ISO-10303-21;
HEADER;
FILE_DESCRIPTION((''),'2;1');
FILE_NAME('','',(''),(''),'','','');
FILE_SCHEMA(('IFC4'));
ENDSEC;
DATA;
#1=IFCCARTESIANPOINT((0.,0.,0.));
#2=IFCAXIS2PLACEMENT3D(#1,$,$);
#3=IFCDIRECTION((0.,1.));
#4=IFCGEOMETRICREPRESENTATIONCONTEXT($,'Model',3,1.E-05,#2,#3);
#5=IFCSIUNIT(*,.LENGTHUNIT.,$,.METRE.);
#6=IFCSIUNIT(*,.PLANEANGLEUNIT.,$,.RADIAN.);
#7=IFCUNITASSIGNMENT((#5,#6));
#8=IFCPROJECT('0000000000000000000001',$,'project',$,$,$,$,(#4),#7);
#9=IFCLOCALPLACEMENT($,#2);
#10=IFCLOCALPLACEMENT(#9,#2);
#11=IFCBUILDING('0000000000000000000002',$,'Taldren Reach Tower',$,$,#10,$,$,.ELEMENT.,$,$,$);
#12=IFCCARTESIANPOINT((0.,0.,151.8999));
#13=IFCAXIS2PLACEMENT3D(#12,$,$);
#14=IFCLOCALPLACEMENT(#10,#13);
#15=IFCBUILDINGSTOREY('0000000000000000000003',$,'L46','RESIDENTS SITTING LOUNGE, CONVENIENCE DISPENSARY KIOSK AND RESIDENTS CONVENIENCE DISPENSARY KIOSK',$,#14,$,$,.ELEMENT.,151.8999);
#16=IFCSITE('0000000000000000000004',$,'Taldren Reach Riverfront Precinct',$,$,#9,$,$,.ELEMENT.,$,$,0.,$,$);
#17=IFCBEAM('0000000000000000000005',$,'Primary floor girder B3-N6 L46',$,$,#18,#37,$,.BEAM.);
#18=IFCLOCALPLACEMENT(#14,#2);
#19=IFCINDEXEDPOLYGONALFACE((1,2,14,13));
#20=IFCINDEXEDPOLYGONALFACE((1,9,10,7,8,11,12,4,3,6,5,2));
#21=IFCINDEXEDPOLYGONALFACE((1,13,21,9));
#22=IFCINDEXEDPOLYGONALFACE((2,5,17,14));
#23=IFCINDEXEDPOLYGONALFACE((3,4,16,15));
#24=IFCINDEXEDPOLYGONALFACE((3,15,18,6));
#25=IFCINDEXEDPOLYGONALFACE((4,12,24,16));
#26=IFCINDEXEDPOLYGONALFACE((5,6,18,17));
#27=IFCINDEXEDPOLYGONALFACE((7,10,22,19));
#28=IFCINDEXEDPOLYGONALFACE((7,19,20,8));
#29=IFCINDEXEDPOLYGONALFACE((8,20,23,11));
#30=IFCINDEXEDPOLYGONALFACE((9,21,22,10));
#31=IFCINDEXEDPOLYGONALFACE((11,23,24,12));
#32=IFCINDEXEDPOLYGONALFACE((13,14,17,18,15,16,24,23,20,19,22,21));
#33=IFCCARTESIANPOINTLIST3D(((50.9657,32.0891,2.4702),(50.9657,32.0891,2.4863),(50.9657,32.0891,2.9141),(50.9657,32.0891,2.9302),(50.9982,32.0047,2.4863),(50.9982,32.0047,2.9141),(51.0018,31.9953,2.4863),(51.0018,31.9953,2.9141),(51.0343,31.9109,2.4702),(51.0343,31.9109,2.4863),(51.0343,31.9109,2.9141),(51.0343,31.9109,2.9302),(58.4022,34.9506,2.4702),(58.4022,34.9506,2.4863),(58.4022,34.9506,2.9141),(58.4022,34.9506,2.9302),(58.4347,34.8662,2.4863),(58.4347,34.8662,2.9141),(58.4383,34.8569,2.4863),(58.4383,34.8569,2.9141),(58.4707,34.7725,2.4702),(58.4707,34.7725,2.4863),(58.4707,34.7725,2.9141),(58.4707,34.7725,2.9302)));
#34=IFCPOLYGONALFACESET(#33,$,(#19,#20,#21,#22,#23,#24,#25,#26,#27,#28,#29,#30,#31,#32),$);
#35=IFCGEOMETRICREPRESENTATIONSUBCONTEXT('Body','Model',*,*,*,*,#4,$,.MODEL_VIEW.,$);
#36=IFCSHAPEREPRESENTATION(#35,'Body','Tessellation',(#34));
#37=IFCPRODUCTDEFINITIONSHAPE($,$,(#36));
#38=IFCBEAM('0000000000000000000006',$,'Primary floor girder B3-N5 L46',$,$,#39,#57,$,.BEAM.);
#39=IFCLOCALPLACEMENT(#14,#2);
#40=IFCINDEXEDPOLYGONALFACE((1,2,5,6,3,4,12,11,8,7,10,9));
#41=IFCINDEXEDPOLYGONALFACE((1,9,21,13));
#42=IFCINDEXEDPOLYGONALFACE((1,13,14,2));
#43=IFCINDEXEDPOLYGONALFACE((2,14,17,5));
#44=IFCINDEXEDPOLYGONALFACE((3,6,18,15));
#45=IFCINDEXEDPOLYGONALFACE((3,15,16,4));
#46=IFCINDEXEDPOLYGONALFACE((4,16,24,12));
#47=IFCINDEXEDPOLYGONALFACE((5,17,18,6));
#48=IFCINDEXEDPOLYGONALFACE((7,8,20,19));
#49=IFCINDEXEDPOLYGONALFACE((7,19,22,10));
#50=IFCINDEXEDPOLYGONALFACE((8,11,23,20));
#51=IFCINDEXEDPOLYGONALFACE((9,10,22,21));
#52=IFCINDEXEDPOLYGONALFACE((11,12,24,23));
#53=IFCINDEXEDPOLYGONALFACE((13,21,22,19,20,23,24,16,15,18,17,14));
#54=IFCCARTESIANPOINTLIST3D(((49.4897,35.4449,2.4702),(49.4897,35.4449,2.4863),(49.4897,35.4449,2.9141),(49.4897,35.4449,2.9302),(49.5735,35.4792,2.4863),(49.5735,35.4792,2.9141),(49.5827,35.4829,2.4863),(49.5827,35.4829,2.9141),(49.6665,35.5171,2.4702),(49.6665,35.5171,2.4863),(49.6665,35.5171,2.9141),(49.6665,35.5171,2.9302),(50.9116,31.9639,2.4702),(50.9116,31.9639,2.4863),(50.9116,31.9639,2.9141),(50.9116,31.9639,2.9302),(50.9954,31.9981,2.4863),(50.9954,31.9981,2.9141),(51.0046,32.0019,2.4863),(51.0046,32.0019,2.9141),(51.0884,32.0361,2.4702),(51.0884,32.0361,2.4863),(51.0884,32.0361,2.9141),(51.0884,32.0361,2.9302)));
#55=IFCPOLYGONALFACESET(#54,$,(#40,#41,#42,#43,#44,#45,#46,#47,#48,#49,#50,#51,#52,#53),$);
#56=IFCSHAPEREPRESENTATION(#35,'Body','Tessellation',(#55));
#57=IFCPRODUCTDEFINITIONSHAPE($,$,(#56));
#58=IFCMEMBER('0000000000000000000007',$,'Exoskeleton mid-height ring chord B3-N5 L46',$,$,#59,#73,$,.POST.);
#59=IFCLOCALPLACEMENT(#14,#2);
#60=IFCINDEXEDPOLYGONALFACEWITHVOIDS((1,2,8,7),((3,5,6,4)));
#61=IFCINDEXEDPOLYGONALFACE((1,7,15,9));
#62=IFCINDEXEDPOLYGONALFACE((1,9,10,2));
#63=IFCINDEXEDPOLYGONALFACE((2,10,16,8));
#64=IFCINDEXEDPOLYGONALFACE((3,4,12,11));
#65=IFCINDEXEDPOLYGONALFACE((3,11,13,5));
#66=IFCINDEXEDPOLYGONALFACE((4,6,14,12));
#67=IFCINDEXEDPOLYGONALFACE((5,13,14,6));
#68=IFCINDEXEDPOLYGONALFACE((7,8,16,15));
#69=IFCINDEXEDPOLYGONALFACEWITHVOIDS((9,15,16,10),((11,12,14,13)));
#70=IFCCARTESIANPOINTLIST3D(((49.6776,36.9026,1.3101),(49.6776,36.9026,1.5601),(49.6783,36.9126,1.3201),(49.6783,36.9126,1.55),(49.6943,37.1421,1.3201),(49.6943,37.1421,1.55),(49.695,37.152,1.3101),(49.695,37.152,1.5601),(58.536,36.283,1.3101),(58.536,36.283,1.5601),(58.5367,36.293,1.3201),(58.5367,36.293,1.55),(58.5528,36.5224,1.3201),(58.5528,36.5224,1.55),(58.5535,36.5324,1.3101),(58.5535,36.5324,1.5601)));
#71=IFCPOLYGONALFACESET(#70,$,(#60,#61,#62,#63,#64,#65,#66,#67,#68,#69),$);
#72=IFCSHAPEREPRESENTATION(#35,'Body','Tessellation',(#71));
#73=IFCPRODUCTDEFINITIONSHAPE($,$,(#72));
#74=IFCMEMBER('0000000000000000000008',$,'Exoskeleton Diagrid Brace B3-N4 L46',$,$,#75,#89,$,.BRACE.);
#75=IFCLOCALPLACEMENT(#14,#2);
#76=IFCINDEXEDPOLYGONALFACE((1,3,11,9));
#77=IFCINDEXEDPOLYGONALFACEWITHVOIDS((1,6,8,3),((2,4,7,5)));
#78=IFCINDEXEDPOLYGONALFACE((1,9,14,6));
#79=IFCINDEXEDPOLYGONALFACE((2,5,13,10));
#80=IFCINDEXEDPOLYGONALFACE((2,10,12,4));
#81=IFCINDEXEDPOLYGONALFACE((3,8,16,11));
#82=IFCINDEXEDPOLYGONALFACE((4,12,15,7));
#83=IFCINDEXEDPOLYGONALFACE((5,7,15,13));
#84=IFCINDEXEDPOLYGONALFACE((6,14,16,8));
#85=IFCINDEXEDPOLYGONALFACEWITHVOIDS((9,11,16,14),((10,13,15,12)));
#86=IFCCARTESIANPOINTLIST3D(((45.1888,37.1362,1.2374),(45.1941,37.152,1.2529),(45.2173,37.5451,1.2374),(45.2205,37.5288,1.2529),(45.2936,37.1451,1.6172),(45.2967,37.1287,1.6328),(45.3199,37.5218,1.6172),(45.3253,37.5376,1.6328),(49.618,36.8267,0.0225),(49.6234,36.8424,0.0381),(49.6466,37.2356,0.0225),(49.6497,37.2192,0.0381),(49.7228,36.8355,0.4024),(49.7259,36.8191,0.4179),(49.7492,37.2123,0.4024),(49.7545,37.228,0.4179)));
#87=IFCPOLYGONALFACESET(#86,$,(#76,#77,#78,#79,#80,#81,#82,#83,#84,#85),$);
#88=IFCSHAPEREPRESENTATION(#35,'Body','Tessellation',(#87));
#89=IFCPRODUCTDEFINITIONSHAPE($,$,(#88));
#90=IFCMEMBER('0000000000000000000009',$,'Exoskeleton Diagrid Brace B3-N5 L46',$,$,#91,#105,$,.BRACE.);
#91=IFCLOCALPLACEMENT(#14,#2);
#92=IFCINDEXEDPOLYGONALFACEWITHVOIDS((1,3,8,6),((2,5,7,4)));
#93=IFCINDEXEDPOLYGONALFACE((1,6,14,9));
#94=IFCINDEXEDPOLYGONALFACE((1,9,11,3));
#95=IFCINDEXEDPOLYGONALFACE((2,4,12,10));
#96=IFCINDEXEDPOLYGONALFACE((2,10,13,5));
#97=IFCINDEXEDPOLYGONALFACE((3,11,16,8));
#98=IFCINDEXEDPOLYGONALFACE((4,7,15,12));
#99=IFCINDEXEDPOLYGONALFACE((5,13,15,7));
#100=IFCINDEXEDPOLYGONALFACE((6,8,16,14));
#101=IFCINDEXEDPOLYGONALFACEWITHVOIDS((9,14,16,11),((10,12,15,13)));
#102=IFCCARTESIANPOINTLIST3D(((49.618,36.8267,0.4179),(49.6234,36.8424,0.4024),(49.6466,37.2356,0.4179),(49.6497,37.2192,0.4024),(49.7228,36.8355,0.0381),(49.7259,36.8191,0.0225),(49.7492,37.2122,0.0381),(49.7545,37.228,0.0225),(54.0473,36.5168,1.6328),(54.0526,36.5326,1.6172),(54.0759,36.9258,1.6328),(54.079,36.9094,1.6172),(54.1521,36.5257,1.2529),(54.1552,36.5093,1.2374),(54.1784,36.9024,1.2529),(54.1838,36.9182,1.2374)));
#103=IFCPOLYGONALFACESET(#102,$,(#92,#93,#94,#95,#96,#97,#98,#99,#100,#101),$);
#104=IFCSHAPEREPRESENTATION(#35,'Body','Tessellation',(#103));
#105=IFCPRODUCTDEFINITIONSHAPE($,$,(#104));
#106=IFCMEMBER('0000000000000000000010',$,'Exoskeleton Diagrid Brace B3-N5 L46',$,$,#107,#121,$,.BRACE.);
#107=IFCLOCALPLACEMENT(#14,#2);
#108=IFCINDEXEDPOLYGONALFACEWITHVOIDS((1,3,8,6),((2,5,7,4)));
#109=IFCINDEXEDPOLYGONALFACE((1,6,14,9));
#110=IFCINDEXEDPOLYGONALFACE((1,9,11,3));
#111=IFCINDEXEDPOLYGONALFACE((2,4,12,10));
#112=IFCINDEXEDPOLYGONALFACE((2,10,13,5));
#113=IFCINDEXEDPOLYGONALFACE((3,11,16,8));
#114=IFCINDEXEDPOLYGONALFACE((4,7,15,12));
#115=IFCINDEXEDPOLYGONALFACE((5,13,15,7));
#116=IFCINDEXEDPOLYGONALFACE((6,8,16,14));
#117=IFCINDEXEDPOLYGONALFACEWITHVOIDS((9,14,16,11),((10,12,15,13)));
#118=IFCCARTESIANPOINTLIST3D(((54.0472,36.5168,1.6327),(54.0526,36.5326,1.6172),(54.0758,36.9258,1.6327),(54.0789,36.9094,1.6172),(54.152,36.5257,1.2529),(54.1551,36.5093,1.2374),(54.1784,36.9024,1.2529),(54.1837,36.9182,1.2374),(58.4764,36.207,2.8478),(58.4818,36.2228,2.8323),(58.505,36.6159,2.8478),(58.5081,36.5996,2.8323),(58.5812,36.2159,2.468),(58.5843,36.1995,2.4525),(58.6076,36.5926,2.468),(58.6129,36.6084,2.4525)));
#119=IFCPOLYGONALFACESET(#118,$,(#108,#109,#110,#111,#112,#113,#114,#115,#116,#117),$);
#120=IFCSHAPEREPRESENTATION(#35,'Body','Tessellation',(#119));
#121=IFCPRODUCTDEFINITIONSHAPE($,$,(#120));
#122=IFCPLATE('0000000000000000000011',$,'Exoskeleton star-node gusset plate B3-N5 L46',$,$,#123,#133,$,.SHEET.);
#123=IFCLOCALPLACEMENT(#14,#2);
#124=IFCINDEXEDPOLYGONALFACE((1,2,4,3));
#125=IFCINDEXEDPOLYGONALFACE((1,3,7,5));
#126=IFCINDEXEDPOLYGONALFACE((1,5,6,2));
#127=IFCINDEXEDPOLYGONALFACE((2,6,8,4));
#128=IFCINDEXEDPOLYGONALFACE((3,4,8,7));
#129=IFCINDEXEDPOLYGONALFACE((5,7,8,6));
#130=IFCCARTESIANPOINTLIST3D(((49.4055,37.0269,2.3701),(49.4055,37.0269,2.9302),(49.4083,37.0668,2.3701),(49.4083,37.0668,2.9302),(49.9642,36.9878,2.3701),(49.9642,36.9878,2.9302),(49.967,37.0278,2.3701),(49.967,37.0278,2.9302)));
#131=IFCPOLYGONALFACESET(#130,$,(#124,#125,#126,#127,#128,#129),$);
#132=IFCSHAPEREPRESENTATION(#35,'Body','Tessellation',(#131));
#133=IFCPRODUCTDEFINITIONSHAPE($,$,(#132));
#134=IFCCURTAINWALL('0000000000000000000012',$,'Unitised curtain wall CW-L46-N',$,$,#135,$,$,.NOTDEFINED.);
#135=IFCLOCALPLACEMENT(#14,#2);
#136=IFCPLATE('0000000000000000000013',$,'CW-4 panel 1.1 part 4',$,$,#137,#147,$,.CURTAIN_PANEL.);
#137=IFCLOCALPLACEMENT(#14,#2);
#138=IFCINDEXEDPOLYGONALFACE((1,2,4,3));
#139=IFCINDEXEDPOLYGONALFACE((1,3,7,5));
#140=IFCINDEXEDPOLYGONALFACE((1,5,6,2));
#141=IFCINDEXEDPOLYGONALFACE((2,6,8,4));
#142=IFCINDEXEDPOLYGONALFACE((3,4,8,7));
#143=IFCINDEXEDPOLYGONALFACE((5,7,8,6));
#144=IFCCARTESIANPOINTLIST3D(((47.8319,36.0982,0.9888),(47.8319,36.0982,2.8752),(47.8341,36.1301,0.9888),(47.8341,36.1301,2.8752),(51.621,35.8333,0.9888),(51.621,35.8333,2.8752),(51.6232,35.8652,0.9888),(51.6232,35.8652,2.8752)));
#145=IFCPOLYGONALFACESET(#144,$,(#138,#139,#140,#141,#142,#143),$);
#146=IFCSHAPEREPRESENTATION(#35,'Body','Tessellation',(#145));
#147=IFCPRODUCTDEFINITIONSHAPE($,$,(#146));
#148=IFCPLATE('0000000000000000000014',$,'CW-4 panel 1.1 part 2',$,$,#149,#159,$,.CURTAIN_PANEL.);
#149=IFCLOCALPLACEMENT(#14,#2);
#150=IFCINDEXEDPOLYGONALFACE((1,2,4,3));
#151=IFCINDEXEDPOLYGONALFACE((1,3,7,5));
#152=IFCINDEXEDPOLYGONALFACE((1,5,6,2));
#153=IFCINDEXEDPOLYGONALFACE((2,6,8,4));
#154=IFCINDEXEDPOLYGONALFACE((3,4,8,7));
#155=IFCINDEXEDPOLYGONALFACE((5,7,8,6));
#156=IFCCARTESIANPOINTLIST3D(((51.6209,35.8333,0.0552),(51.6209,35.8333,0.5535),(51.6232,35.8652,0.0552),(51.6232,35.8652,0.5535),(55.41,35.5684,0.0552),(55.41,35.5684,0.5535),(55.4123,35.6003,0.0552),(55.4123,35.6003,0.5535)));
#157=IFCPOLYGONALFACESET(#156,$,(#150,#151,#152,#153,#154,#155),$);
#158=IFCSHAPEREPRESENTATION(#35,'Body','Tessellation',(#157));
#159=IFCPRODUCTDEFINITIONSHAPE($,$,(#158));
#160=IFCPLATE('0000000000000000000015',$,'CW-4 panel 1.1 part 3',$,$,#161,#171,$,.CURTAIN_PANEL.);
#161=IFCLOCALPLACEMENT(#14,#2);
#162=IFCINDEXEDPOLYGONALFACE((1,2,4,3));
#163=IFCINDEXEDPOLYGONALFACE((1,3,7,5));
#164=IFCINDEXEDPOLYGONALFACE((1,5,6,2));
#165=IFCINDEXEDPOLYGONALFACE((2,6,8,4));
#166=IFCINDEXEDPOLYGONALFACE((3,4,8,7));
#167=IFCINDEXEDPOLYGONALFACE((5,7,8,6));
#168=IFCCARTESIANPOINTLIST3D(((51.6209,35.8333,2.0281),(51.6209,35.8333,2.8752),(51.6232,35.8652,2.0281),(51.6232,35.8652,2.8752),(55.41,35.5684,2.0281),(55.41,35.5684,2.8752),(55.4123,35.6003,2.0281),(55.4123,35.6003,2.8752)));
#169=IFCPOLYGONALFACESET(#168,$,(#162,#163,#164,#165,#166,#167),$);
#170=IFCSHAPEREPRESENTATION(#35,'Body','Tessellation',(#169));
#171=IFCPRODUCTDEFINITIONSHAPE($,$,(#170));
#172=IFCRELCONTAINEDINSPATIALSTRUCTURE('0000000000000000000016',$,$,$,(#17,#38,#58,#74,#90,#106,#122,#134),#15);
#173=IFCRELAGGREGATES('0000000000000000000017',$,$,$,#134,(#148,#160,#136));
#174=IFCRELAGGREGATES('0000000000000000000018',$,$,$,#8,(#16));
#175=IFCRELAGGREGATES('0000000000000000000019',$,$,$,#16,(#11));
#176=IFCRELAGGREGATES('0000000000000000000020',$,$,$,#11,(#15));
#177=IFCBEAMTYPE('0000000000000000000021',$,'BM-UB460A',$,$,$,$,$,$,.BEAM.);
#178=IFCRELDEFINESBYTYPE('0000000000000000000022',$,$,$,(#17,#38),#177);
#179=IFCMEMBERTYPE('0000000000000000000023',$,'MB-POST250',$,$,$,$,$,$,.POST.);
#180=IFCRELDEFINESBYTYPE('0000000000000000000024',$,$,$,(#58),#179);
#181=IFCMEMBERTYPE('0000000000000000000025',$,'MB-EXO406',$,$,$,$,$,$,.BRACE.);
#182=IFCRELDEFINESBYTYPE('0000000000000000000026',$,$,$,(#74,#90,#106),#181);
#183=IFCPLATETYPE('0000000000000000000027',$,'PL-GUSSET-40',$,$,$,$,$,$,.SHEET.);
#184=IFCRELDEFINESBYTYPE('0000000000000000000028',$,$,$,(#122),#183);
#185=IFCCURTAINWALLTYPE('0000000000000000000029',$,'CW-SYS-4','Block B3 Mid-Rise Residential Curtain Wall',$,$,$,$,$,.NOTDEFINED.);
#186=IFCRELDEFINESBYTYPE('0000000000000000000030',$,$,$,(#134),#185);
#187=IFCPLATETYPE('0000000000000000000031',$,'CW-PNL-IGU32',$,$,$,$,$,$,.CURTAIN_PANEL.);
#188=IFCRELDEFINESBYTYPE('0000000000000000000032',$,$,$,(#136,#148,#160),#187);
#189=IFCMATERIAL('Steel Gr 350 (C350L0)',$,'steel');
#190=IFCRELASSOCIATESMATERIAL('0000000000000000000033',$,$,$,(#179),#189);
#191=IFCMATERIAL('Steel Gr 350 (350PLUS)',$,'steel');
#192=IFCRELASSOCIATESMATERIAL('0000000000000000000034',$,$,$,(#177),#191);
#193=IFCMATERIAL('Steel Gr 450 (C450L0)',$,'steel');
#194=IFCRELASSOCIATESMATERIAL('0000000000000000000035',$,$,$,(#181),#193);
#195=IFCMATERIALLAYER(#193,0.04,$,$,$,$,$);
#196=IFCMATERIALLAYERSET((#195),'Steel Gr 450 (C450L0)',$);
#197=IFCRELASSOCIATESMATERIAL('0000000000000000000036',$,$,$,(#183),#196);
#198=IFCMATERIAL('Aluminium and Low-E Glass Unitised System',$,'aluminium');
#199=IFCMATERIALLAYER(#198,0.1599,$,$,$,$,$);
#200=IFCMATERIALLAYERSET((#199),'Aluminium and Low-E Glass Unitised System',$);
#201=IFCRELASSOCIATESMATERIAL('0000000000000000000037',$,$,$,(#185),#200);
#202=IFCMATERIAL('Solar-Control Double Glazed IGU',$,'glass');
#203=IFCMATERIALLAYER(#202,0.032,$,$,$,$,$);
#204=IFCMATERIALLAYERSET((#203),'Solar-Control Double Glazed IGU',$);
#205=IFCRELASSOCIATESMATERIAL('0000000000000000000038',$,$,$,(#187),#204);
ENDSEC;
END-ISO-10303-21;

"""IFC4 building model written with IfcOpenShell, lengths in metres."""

from ifc_helpers import new_model, si_unit, direction, frame, origin, origin_2d, place, context, subcontext, project, spatial, rectangle, hollow_rectangle, i_section, extrude, source, transform, mapped, material, layer, layer_set, material_profile, profile_set, type_object, element, aggregate, save


model = new_model("IFC4")

# Units and contexts
model_context = context("Model", 3, precision=1e-05, world=origin(), true_north=direction((0.0, 1.0)))
body_context = subcontext(model_context, "Body", "Model", "MODEL_VIEW")
ifc_project = project(units=[si_unit("LENGTHUNIT", "METRE"), si_unit("PLANEANGLEUNIT", "RADIAN")], contexts=[model_context])

# Site, building, storey
site_placement = place(None, origin())
site = spatial("IfcSite", under=ifc_project, at=site_placement, Name="Taldren Reach Riverfront Precinct", CompositionType="ELEMENT", RefElevation=0.0)
building_placement = place(site_placement, origin())
building = spatial("IfcBuilding", under=site, at=building_placement, Name="Taldren Reach Tower", CompositionType="ELEMENT")
storey_placement = place(building_placement, frame((0.0, 0.0, 151.8999)))
storey = spatial("IfcBuildingStorey", under=building, at=storey_placement, Name="L46", Description="RESIDENTS SITTING LOUNGE, CONVENIENCE DISPENSARY KIOSK AND RESIDENTS CONVENIENCE DISPENSARY KIOSK", CompositionType="ELEMENT", Elevation=151.8999)

# Shared definitions
ifc_material_1 = material(Name="Steel Gr 450 (C450L0)", Category="steel")
ifc_material_2 = material(Name="Steel Gr 350 (350PLUS)", Category="steel")

# Shared definitions
ifc_material_3 = material(Name="Steel Gr 350 (C350L0)", Category="steel")
ifc_material_profile_1 = material_profile(ifc_material_3, hollow_rectangle(XDim=0.25, YDim=0.25, WallThickness=0.01, at=origin_2d()), Name="250x250x10.0SHS")
ifc_profile_set_1 = profile_set([ifc_material_profile_1], Name="Steel Gr 350 (C350L0)")
member_type_1 = type_object("IfcMemberType", Name="MB-POST250", PredefinedType="POST", material=ifc_profile_set_1)

# Beams
ifc_material_profile_2 = material_profile(ifc_material_2, i_section(OverallWidth=0.1909, OverallDepth=0.46, WebThickness=0.01, FlangeThickness=0.0161, at=origin_2d()), Name="460UB82.1")
ifc_profile_set_2 = profile_set([ifc_material_profile_2], Name="Steel Gr 350 (350PLUS)")
beam_type_1 = type_object("IfcBeamType", Name="BM-UB460A", PredefinedType="BEAM", material=ifc_profile_set_2)
shared_shape_1 = source(origin(), body_context, "Body", "SweptSolid", [
    extrude(i_section(OverallWidth=0.1909, OverallDepth=0.46, WebThickness=0.01, FlangeThickness=0.0161, at=origin_2d()), origin(), (0.0, 0.0, 1.0), 7.968),
])
beam_1_placement = place(storey_placement, frame((51.0, 32.0, 2.7002), z_axis=(0.933288, 0.359129, 0.0), x_axis=(-0.359129, 0.933288, 0.0)))
element("IfcBeam", 1, at=beam_1_placement, inside=storey, type_object=beam_type_1, Name="Primary floor girder B3-N6 L46", PredefinedType="BEAM", context=body_context, shape_type="MappedRepresentation", body=[
    mapped(shared_shape_1, transform((0.0, 0.0, 0.0), scale=1.0)),
])
shared_shape_2 = source(origin(), body_context, "Body", "SweptSolid", [
    extrude(i_section(OverallWidth=0.1909, OverallDepth=0.46, WebThickness=0.01, FlangeThickness=0.0161, at=origin_2d()), origin(), (0.0, 0.0, 1.0), 3.7603),
])
beam_2_placement = place(storey_placement, frame((51.0, 32.0, 2.7002), z_axis=(-0.378142, 0.925747, 0.0), x_axis=(-0.925747, -0.378142, 0.0)))
element("IfcBeam", 2, at=beam_2_placement, inside=storey, type_object=beam_type_1, Name="Primary floor girder B3-N5 L46", PredefinedType="BEAM", context=body_context, shape_type="MappedRepresentation", body=[
    mapped(shared_shape_2, transform((0.0, 0.0, 0.0), scale=1.0)),
])

# Members
shared_shape_3 = source(origin(), body_context, "Body", "SweptSolid", [
    extrude(hollow_rectangle(XDim=0.25, YDim=0.25, WallThickness=0.01, at=origin_2d()), origin(), (0.0, 0.0, 1.0), 8.8801),
])
member_1_placement = place(storey_placement, frame((49.6863, 37.0273, 1.4351), z_axis=(0.997563, -0.069778, 0.0), x_axis=(0.069778, 0.997563, 0.0)))
element("IfcMember", 3, at=member_1_placement, inside=storey, type_object=member_type_1, Name="Exoskeleton mid-height ring chord B3-N5 L46", PredefinedType="POST", context=body_context, shape_type="MappedRepresentation", body=[
    mapped(shared_shape_3, transform((0.0, 0.0, 0.0), scale=1.0)),
])
ifc_material_profile_3 = material_profile(ifc_material_1, hollow_rectangle(XDim=0.4099, YDim=0.4099, WallThickness=0.0161, at=origin_2d()), Name="410x410x16.0SHS")
ifc_profile_set_3 = profile_set([ifc_material_profile_3], Name="Steel Gr 450 (C450L0)")
member_type_2 = type_object("IfcMemberType", Name="MB-EXO406", PredefinedType="BRACE", material=ifc_profile_set_3)
shared_shape_4 = source(origin(), body_context, "Body", "SweptSolid", [
    extrude(hollow_rectangle(XDim=0.4099, YDim=0.4099, WallThickness=0.0161, at=origin_2d()), origin(), (0.0, 0.0, 1.0), 4.6033),
])
for number, where, z_axis, x_axis, name in (
    (4, (49.6863, 37.0273, 0.2202), (-0.962199, 0.067251, 0.263913), (-0.069723, -0.997566, 0.0), "Exoskeleton Diagrid Brace B3-N4 L46"),
    (5, (49.6863, 37.0273, 0.2202), (0.962196, -0.067304, 0.263912), (0.069778, 0.997563, 0.0), "Exoskeleton Diagrid Brace B3-N5 L46"),
    (6, (54.1155, 36.7175, 1.4351), (0.962182, -0.067303, 0.263961), (0.069778, 0.997563, 0.0), "Exoskeleton Diagrid Brace B3-N5 L46"),
):
    element("IfcMember", number, at=place(storey_placement, frame(where, z_axis=z_axis, x_axis=x_axis)), inside=storey, type_object=member_type_2, Name=name, PredefinedType="BRACE", context=body_context, shape_type="MappedRepresentation", body=[
        mapped(shared_shape_4, transform((0.0, 0.0, 0.0), scale=1.0)),
    ])

# Plate
ifc_layer_1 = layer(ifc_material_1, 0.04)
ifc_layer_set_1 = layer_set([ifc_layer_1], Name="Steel Gr 450 (C450L0)")
plate_type_1 = type_object("IfcPlateType", Name="PL-GUSSET-40", PredefinedType="SHEET", material=ifc_layer_set_1)
shared_shape_5 = source(origin(), body_context, "Body", "SweptSolid", [
    extrude(rectangle(XDim=0.5601, YDim=0.04, at=origin_2d()), origin(), (0.0, 0.0, 1.0), 0.5601),
])
plate_1_placement = place(storey_placement, frame((49.6863, 37.0273, 2.3701), z_axis=(0.0, 0.0, 1.0), x_axis=(0.997564, -0.069756, 0.0)))
element("IfcPlate", 7, at=plate_1_placement, inside=storey, type_object=plate_type_1, Name="Exoskeleton star-node gusset plate B3-N5 L46", PredefinedType="SHEET", context=body_context, shape_type="MappedRepresentation", body=[
    mapped(shared_shape_5, transform((0.0, 0.0, 0.0), scale=1.0)),
])

# Curtain wall, plates
ifc_material_4 = material(Name="Aluminium and Low-E Glass Unitised System", Category="aluminium")
ifc_layer_2 = layer(ifc_material_4, 0.1599)
ifc_layer_set_2 = layer_set([ifc_layer_2], Name="Aluminium and Low-E Glass Unitised System")
curtain_wall_type = type_object("IfcCurtainWallType", Name="CW-SYS-4", Description="Block B3 Mid-Rise Residential Curtain Wall", PredefinedType="NOTDEFINED", material=ifc_layer_set_2)
curtain_wall_placement = place(storey_placement, origin())
curtain_wall = element("IfcCurtainWall", 8, at=curtain_wall_placement, inside=storey, type_object=curtain_wall_type, Name="Unitised curtain wall CW-L46-N", PredefinedType="NOTDEFINED")
ifc_material_5 = material(Name="Solar-Control Double Glazed IGU", Category="glass")
ifc_layer_3 = layer(ifc_material_5, 0.032)
ifc_layer_set_3 = layer_set([ifc_layer_3], Name="Solar-Control Double Glazed IGU")
plate_type_2 = type_object("IfcPlateType", Name="CW-PNL-IGU32", PredefinedType="CURTAIN_PANEL", material=ifc_layer_set_3)
shared_shape_6 = source(origin(), body_context, "Body", "SweptSolid", [
    extrude(rectangle(XDim=3.7983, YDim=0.032, at=origin_2d()), origin(), (0.0, 0.0, 1.0), 1.8865),
])
plate_2_placement = place(storey_placement, frame((49.7275, 35.9817, 0.9888), z_axis=(0.0, 0.0, 1.0), x_axis=(-0.997564, 0.069757, 0.0)))
plate_2 = element("IfcPlate", 9, at=plate_2_placement, type_object=plate_type_2, Name="CW-4 panel 1.1 part 4", PredefinedType="CURTAIN_PANEL", context=body_context, shape_type="MappedRepresentation", body=[
    mapped(shared_shape_6, transform((0.0, 0.0, 0.0), scale=1.0)),
])
shared_shape_7 = source(origin(), body_context, "Body", "SweptSolid", [
    extrude(rectangle(XDim=3.7983, YDim=0.032, at=origin_2d()), origin(), (0.0, 0.0, 1.0), 0.4983),
])
plate_3_placement = place(storey_placement, frame((53.5166, 35.7168, 0.0552), z_axis=(0.0, 0.0, 1.0), x_axis=(-0.997564, 0.069757, 0.0)))
plate_3 = element("IfcPlate", 10, at=plate_3_placement, type_object=plate_type_2, Name="CW-4 panel 1.1 part 2", PredefinedType="CURTAIN_PANEL", context=body_context, shape_type="MappedRepresentation", body=[
    mapped(shared_shape_7, transform((0.0, 0.0, 0.0), scale=1.0)),
])
shared_shape_8 = source(origin(), body_context, "Body", "SweptSolid", [
    extrude(rectangle(XDim=3.7983, YDim=0.032, at=origin_2d()), origin(), (0.0, 0.0, 1.0), 0.8472),
])
plate_4_placement = place(storey_placement, frame((53.5166, 35.7168, 2.0281), z_axis=(0.0, 0.0, 1.0), x_axis=(-0.997564, 0.069757, 0.0)))
plate_4 = element("IfcPlate", 11, at=plate_4_placement, type_object=plate_type_2, Name="CW-4 panel 1.1 part 3", PredefinedType="CURTAIN_PANEL", context=body_context, shape_type="MappedRepresentation", body=[
    mapped(shared_shape_8, transform((0.0, 0.0, 0.0), scale=1.0)),
])
aggregate(curtain_wall, [plate_3, plate_4, plate_2])

save(model, "model.ifc")
